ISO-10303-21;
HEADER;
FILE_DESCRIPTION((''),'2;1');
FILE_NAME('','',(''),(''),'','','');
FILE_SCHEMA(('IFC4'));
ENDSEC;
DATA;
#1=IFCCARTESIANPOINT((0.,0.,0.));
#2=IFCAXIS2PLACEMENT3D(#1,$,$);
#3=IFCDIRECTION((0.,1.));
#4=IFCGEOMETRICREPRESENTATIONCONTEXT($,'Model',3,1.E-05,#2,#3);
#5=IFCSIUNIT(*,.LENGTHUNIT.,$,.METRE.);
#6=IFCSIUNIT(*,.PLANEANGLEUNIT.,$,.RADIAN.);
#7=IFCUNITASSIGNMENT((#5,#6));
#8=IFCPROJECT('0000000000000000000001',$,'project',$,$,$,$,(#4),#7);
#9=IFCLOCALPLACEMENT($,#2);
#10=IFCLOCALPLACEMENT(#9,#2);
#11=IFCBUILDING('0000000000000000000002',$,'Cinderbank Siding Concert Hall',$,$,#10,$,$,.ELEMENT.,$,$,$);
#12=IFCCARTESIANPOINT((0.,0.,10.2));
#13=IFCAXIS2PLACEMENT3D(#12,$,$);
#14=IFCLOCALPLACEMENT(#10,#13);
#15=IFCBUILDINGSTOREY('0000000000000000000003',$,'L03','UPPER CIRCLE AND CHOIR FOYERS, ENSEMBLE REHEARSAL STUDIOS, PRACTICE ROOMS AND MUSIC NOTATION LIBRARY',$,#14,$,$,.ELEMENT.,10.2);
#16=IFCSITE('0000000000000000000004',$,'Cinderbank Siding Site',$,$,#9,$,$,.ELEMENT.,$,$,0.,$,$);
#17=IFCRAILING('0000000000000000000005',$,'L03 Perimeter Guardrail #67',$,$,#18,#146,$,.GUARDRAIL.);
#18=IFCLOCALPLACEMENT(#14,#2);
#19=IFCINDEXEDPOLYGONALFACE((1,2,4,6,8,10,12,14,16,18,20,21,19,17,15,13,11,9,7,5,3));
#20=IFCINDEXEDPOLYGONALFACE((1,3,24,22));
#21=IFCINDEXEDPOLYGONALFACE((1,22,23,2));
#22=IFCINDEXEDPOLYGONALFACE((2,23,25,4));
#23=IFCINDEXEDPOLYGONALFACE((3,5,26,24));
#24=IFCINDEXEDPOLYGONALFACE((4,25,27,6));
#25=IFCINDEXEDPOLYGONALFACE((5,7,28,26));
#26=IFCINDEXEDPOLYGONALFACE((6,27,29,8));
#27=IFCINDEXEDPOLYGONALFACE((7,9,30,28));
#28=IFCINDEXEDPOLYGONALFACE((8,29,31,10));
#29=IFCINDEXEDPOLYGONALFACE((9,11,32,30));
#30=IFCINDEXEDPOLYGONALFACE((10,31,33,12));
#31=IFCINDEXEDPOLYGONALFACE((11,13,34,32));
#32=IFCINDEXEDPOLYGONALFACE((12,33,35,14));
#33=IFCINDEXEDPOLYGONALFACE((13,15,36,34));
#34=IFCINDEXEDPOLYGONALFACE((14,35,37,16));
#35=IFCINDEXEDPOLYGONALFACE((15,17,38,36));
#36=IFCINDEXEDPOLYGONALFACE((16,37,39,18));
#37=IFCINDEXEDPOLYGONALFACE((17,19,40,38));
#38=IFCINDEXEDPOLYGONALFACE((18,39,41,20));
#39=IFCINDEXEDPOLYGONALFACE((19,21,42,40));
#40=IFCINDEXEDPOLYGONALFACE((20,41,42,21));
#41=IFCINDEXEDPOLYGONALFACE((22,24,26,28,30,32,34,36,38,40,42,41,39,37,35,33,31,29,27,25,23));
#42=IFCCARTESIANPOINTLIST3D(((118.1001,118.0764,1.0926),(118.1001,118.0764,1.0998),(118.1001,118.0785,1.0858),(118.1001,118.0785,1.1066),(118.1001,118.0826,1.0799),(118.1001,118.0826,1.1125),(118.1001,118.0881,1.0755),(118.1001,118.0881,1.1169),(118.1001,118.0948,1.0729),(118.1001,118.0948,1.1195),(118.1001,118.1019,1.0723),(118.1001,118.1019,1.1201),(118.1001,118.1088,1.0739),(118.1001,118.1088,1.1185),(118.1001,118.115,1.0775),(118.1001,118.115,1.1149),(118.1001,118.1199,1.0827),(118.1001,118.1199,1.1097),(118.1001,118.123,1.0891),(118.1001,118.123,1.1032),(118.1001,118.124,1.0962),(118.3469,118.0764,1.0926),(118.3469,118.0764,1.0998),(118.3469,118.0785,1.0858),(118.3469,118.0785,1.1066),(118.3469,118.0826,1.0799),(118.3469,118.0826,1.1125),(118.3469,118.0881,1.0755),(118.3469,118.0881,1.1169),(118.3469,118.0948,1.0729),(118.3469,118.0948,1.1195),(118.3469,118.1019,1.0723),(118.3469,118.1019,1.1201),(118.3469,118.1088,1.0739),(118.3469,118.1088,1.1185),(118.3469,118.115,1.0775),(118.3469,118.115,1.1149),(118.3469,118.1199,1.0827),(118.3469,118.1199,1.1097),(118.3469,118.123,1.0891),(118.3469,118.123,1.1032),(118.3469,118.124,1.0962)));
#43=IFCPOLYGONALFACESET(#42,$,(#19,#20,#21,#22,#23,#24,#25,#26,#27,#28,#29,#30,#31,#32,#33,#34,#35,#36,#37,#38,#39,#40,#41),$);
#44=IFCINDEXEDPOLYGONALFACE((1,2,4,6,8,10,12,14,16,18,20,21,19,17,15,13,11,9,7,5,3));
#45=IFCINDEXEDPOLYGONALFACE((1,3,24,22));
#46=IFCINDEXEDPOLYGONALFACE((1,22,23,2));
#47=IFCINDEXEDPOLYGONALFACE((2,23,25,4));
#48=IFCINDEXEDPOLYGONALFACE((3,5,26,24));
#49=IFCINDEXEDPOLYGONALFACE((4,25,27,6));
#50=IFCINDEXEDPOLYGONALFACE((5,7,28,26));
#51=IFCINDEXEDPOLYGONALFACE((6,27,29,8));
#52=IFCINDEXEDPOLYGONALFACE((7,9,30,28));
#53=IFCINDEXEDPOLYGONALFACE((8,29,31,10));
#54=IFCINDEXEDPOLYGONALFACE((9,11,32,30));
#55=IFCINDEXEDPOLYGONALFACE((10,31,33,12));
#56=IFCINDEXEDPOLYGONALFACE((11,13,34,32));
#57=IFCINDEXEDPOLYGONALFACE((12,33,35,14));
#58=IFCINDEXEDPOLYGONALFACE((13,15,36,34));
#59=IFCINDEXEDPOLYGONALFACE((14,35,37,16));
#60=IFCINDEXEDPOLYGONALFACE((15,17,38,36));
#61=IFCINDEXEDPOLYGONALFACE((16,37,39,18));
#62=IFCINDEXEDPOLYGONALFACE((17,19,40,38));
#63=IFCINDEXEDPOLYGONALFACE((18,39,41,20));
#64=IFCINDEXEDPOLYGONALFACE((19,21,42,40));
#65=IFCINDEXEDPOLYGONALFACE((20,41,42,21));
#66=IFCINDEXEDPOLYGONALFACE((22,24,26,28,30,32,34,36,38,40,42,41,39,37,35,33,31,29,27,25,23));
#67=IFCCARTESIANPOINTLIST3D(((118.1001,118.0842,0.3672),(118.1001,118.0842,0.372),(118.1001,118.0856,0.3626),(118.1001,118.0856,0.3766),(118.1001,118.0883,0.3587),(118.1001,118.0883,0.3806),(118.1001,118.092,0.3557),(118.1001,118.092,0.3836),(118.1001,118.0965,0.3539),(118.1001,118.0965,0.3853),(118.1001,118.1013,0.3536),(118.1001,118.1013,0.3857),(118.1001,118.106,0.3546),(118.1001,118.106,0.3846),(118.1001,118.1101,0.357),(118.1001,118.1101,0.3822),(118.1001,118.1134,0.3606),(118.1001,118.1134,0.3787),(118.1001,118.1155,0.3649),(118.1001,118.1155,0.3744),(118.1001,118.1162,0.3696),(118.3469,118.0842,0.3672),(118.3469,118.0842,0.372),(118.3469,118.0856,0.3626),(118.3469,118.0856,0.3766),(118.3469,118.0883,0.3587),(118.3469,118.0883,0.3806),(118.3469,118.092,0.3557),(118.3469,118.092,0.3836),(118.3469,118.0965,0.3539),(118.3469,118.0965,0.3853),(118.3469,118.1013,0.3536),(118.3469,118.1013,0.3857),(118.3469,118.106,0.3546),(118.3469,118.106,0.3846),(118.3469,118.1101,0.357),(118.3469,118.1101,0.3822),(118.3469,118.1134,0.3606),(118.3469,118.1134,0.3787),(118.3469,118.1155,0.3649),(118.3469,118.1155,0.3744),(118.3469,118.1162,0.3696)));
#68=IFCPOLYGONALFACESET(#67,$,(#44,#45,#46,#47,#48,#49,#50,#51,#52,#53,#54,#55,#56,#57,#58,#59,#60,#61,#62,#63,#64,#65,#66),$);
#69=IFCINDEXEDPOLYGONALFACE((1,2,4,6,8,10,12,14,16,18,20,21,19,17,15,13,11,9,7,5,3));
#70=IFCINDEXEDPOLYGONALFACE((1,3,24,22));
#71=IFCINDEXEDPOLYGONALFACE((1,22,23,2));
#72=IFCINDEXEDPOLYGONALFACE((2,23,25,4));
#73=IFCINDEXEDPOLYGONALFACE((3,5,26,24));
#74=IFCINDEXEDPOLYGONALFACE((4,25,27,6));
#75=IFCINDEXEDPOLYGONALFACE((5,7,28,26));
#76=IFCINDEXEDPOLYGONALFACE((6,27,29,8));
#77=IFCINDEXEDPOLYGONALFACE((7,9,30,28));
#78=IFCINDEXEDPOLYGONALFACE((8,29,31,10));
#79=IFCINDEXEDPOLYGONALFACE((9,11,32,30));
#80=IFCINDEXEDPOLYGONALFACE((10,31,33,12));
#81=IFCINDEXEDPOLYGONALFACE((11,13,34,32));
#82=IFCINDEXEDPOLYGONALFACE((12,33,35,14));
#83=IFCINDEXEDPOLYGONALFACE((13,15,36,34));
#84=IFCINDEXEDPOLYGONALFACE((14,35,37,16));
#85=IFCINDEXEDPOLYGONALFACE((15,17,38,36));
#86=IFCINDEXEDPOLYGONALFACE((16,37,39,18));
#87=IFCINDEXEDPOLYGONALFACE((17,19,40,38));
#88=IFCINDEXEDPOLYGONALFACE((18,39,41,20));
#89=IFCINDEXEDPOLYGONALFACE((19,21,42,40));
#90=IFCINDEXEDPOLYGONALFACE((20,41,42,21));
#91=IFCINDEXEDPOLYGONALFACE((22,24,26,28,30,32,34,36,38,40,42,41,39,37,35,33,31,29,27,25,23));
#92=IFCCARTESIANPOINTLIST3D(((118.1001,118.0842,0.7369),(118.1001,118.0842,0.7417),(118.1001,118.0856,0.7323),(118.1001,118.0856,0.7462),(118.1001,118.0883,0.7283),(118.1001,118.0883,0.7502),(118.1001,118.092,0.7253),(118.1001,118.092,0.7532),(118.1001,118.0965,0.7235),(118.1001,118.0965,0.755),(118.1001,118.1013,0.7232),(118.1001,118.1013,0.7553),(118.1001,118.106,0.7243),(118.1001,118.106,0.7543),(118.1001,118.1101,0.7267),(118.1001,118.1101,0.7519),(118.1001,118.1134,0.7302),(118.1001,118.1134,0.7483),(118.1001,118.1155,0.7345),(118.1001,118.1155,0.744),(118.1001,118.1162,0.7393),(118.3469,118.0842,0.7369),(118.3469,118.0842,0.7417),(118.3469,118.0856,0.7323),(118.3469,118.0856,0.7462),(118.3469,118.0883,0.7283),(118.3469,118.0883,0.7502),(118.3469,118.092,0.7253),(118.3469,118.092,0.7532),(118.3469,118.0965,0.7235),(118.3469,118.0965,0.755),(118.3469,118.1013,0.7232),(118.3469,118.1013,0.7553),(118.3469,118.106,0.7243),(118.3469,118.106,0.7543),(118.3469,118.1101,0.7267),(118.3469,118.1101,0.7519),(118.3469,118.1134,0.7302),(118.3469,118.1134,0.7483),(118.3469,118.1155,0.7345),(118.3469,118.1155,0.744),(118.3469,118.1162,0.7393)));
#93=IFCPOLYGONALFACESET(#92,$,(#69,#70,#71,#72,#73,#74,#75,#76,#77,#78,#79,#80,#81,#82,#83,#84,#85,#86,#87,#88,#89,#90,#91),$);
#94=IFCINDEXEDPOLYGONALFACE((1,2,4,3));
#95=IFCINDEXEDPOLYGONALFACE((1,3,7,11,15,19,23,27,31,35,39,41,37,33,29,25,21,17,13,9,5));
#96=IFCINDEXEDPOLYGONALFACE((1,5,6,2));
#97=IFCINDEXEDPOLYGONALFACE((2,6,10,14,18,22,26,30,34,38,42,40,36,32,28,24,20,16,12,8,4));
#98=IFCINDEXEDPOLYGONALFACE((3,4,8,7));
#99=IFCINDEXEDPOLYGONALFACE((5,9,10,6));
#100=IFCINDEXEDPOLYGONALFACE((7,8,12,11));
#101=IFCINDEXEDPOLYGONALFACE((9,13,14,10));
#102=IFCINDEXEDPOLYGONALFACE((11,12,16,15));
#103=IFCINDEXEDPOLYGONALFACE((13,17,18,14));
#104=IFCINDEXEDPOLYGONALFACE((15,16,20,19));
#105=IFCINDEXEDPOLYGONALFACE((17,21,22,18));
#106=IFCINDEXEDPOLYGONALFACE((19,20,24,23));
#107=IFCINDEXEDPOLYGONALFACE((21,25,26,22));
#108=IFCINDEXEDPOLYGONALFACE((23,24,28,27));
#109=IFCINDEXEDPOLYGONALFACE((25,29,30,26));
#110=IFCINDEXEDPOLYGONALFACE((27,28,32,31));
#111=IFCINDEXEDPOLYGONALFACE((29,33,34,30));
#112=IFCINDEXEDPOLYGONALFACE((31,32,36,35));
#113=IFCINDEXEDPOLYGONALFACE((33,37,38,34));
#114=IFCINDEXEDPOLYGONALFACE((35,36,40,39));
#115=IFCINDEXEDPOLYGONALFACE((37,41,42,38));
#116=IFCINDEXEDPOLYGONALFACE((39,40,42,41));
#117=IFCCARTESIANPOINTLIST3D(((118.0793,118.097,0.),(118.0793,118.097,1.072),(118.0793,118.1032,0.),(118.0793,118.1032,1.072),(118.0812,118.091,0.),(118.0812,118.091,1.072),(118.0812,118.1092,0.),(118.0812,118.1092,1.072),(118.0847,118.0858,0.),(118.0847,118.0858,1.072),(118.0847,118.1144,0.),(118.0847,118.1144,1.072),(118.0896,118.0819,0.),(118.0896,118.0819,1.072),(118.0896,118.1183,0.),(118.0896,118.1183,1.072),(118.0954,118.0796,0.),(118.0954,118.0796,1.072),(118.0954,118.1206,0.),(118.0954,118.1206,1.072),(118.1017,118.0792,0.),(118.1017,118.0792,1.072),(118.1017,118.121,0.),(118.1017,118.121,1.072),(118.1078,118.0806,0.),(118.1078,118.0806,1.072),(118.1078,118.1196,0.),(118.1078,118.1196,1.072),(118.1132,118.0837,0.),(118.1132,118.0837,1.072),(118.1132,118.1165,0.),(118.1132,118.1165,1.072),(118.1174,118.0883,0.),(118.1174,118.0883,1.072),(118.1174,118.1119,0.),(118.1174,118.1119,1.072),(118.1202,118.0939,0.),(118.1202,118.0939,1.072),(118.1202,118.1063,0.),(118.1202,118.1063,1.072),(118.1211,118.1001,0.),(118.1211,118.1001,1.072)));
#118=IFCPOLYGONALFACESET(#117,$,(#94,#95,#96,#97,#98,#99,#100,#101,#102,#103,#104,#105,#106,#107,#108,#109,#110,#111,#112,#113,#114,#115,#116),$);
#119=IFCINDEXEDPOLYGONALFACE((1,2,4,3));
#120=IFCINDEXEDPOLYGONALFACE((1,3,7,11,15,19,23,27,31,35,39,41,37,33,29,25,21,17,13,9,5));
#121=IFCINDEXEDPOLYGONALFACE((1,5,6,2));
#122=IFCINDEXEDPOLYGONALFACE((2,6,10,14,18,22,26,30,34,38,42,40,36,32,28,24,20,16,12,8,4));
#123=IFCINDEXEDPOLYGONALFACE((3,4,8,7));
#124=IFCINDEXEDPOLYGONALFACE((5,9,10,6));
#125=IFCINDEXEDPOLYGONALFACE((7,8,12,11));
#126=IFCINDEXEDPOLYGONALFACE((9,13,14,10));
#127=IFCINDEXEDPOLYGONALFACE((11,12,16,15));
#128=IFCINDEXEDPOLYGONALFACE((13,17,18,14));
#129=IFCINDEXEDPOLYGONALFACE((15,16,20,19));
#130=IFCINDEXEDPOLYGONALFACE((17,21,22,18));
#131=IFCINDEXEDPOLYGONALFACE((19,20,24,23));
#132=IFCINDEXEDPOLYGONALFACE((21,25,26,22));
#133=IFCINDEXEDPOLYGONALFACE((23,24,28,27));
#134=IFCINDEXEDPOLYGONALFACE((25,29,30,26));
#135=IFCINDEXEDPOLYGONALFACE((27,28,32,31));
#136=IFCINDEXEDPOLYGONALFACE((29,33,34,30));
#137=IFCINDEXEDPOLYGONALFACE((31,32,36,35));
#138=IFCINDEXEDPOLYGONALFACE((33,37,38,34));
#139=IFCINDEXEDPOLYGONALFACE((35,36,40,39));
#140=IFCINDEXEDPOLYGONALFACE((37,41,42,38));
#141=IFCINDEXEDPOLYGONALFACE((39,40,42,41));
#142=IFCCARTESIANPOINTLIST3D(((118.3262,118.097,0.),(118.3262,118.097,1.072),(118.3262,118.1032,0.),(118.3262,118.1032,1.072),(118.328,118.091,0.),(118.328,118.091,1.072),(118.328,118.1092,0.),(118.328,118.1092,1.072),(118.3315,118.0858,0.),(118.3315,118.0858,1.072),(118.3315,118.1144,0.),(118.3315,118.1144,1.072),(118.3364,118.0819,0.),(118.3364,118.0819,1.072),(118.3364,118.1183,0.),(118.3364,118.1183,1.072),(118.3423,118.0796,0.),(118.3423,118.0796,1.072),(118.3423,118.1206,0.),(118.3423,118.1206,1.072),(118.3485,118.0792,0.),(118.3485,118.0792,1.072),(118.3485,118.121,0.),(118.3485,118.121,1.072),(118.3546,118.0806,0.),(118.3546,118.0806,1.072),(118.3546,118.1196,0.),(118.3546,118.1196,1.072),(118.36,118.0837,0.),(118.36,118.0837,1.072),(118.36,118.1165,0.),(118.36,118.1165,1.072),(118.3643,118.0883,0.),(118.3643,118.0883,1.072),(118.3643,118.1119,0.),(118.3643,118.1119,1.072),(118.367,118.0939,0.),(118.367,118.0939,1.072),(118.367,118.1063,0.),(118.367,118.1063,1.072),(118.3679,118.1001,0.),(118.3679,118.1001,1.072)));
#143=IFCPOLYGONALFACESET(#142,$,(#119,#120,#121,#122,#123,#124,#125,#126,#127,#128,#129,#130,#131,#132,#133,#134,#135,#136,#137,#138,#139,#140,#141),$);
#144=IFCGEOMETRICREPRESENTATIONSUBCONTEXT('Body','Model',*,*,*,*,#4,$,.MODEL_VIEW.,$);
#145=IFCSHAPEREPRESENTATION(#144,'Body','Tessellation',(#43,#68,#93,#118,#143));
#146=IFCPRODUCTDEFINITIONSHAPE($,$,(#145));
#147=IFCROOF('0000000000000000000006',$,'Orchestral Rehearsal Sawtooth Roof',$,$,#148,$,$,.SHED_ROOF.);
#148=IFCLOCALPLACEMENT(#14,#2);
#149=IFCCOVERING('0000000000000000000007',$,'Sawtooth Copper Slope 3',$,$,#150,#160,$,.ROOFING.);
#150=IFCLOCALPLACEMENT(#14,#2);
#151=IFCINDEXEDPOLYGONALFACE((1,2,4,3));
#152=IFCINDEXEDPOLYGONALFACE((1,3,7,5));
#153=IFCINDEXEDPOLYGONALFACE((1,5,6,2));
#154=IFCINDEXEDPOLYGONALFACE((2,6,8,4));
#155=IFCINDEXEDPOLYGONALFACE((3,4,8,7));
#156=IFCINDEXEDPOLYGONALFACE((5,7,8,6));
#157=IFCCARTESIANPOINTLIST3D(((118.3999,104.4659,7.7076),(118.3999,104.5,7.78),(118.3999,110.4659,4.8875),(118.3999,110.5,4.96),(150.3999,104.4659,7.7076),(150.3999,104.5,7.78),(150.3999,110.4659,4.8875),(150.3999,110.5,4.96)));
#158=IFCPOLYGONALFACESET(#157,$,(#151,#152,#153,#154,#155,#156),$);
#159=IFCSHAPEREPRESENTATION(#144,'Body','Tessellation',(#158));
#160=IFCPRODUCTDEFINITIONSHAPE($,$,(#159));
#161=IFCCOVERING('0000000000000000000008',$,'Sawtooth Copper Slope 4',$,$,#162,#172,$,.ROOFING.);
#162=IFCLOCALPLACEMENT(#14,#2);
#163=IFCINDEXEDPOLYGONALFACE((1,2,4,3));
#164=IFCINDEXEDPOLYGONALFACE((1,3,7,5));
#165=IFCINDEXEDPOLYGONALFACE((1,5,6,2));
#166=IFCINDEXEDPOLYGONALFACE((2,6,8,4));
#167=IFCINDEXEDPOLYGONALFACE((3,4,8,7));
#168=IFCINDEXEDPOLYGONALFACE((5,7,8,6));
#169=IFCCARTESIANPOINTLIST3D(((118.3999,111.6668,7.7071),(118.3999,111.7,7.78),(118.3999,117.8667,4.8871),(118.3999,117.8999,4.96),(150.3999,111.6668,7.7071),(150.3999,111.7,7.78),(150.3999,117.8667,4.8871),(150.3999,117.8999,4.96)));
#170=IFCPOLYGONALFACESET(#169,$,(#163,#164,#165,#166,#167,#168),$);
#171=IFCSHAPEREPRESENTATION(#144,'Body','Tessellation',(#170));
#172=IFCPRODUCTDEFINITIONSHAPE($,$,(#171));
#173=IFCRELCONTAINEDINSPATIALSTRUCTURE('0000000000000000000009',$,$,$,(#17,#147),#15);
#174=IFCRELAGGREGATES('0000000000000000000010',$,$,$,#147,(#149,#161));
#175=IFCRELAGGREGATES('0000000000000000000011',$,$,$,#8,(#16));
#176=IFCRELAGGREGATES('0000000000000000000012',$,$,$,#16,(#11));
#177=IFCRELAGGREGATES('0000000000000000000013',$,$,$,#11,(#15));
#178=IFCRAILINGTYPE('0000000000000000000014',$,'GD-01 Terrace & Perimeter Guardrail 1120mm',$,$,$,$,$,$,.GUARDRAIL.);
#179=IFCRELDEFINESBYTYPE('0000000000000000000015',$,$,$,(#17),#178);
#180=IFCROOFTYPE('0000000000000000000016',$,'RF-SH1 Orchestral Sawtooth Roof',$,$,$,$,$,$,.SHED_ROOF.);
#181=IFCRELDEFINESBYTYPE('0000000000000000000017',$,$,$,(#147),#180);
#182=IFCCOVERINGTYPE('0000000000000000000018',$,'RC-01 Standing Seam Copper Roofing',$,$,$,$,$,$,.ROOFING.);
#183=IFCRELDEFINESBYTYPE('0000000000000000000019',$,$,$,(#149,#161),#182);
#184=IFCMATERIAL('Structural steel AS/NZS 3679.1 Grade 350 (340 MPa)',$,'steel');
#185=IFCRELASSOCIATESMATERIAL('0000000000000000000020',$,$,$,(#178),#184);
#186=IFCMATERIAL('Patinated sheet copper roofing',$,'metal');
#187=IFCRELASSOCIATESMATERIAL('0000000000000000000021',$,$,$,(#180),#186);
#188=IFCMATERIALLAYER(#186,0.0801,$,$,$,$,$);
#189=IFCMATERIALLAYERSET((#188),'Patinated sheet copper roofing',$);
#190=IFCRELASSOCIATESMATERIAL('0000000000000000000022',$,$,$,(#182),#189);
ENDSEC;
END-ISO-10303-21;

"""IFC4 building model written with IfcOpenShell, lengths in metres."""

from ifc_helpers import new_model, si_unit, direction, frame, origin, origin_2d, place, context, subcontext, project, spatial, polyline, circle, outline, extrude, material, layer, layer_set, type_object, element, aggregate, save


model = new_model("IFC4")

# Units and contexts
model_context = context("Model", 3, precision=1e-05, world=origin(), true_north=direction((0.0, 1.0)))
body_context = subcontext(model_context, "Body", "Model", "MODEL_VIEW")
ifc_project = project(units=[si_unit("LENGTHUNIT", "METRE"), si_unit("PLANEANGLEUNIT", "RADIAN")], contexts=[model_context])

# Site, building, storey
site_placement = place(None, origin())
site = spatial("IfcSite", under=ifc_project, at=site_placement, Name="Cinderbank Siding Site", CompositionType="ELEMENT", RefElevation=0.0)
building_placement = place(site_placement, origin())
building = spatial("IfcBuilding", under=site, at=building_placement, Name="Cinderbank Siding Concert Hall", CompositionType="ELEMENT")
storey_placement = place(building_placement, frame((0.0, 0.0, 10.2)))
storey = spatial("IfcBuildingStorey", under=building, at=storey_placement, Name="L03", Description="UPPER CIRCLE AND CHOIR FOYERS, ENSEMBLE REHEARSAL STUDIOS, PRACTICE ROOMS AND MUSIC NOTATION LIBRARY", CompositionType="ELEMENT", Elevation=10.2)

# Shared definitions
ifc_material_1 = material(Name="Structural steel AS/NZS 3679.1 Grade 350 (340 MPa)", Category="steel")

# Railing
railing_type = type_object("IfcRailingType", Name="GD-01 Terrace & Perimeter Guardrail 1120mm", PredefinedType="GUARDRAIL", material=ifc_material_1)
railing_placement = place(storey_placement, frame((118.1001, 118.1001, 0.0)))
element("IfcRailing", 1, at=railing_placement, inside=storey, type_object=railing_type, Name="L03 Perimeter Guardrail #67", PredefinedType="GUARDRAIL", context=body_context, shape_type="SweptSolid", body=[
    extrude(circle(Radius=0.0239, at=origin_2d()), frame((0.0, 0.0, 1.0962), z_axis=(1.0, 0.0, 0.0), x_axis=(0.0, 1.0, 0.0)), (0.0, 0.0, 1.0), 0.2468),
    extrude(circle(Radius=0.0161, at=origin_2d()), frame((0.0, 0.0, 0.3696), z_axis=(1.0, 0.0, 0.0), x_axis=(0.0, 1.0, 0.0)), (0.0, 0.0, 1.0), 0.2468),
    extrude(circle(Radius=0.0161, at=origin_2d()), frame((0.0, 0.0, 0.7393), z_axis=(1.0, 0.0, 0.0), x_axis=(0.0, 1.0, 0.0)), (0.0, 0.0, 1.0), 0.2468),
    extrude(circle(Radius=0.021, at=origin_2d()), origin(), (0.0, 0.0, 1.0), 1.072),
    extrude(circle(Radius=0.021, at=origin_2d()), frame((0.2468, 0.0, 0.0)), (0.0, 0.0, 1.0), 1.072),
])

# Roof, coverings
ifc_material_2 = material(Name="Patinated sheet copper roofing", Category="metal")
roof_type = type_object("IfcRoofType", Name="RF-SH1 Orchestral Sawtooth Roof", PredefinedType="SHED_ROOF", material=ifc_material_2)
roof_placement = place(storey_placement, origin())
roof = element("IfcRoof", 2, at=roof_placement, inside=storey, type_object=roof_type, Name="Orchestral Rehearsal Sawtooth Roof", PredefinedType="SHED_ROOF")
ifc_layer_1 = layer(ifc_material_2, 0.0801)
ifc_layer_set_1 = layer_set([ifc_layer_1], Name="Patinated sheet copper roofing")
covering_type = type_object("IfcCoveringType", Name="RC-01 Standing Seam Copper Roofing", PredefinedType="ROOFING", material=ifc_layer_set_1)
covering_1_placement = place(storey_placement, frame((118.3999, 110.5, 4.96), z_axis=(0.0, 0.42537, 0.90502), x_axis=(1.0, 0.0, 0.0)))
covering_1 = element("IfcCovering", 3, at=covering_1_placement, type_object=covering_type, Name="Sawtooth Copper Slope 3", PredefinedType="ROOFING", context=body_context, shape_type="SweptSolid", body=[
    extrude(outline(polyline([(0.0, 0.0), (32.0, 0.0), (32.0, -6.6297), (0.0, -6.6297), (0.0, 0.0)])), origin(), (0.0, 0.0, -1.0), 0.0801),
])
covering_2_placement = place(storey_placement, frame((118.3999, 117.8999, 4.96), z_axis=(0.0, 0.414035, 0.910261), x_axis=(1.0, 0.0, 0.0)))
covering_2 = element("IfcCovering", 4, at=covering_2_placement, type_object=covering_type, Name="Sawtooth Copper Slope 4", PredefinedType="ROOFING", context=body_context, shape_type="SweptSolid", body=[
    extrude(outline(polyline([(0.0, 0.0), (32.0, 0.0), (32.0, -6.8112), (0.0, -6.8112), (0.0, 0.0)])), origin(), (0.0, 0.0, -1.0), 0.0801),
])
aggregate(roof, [covering_1, covering_2])

save(model, "model.ifc")
